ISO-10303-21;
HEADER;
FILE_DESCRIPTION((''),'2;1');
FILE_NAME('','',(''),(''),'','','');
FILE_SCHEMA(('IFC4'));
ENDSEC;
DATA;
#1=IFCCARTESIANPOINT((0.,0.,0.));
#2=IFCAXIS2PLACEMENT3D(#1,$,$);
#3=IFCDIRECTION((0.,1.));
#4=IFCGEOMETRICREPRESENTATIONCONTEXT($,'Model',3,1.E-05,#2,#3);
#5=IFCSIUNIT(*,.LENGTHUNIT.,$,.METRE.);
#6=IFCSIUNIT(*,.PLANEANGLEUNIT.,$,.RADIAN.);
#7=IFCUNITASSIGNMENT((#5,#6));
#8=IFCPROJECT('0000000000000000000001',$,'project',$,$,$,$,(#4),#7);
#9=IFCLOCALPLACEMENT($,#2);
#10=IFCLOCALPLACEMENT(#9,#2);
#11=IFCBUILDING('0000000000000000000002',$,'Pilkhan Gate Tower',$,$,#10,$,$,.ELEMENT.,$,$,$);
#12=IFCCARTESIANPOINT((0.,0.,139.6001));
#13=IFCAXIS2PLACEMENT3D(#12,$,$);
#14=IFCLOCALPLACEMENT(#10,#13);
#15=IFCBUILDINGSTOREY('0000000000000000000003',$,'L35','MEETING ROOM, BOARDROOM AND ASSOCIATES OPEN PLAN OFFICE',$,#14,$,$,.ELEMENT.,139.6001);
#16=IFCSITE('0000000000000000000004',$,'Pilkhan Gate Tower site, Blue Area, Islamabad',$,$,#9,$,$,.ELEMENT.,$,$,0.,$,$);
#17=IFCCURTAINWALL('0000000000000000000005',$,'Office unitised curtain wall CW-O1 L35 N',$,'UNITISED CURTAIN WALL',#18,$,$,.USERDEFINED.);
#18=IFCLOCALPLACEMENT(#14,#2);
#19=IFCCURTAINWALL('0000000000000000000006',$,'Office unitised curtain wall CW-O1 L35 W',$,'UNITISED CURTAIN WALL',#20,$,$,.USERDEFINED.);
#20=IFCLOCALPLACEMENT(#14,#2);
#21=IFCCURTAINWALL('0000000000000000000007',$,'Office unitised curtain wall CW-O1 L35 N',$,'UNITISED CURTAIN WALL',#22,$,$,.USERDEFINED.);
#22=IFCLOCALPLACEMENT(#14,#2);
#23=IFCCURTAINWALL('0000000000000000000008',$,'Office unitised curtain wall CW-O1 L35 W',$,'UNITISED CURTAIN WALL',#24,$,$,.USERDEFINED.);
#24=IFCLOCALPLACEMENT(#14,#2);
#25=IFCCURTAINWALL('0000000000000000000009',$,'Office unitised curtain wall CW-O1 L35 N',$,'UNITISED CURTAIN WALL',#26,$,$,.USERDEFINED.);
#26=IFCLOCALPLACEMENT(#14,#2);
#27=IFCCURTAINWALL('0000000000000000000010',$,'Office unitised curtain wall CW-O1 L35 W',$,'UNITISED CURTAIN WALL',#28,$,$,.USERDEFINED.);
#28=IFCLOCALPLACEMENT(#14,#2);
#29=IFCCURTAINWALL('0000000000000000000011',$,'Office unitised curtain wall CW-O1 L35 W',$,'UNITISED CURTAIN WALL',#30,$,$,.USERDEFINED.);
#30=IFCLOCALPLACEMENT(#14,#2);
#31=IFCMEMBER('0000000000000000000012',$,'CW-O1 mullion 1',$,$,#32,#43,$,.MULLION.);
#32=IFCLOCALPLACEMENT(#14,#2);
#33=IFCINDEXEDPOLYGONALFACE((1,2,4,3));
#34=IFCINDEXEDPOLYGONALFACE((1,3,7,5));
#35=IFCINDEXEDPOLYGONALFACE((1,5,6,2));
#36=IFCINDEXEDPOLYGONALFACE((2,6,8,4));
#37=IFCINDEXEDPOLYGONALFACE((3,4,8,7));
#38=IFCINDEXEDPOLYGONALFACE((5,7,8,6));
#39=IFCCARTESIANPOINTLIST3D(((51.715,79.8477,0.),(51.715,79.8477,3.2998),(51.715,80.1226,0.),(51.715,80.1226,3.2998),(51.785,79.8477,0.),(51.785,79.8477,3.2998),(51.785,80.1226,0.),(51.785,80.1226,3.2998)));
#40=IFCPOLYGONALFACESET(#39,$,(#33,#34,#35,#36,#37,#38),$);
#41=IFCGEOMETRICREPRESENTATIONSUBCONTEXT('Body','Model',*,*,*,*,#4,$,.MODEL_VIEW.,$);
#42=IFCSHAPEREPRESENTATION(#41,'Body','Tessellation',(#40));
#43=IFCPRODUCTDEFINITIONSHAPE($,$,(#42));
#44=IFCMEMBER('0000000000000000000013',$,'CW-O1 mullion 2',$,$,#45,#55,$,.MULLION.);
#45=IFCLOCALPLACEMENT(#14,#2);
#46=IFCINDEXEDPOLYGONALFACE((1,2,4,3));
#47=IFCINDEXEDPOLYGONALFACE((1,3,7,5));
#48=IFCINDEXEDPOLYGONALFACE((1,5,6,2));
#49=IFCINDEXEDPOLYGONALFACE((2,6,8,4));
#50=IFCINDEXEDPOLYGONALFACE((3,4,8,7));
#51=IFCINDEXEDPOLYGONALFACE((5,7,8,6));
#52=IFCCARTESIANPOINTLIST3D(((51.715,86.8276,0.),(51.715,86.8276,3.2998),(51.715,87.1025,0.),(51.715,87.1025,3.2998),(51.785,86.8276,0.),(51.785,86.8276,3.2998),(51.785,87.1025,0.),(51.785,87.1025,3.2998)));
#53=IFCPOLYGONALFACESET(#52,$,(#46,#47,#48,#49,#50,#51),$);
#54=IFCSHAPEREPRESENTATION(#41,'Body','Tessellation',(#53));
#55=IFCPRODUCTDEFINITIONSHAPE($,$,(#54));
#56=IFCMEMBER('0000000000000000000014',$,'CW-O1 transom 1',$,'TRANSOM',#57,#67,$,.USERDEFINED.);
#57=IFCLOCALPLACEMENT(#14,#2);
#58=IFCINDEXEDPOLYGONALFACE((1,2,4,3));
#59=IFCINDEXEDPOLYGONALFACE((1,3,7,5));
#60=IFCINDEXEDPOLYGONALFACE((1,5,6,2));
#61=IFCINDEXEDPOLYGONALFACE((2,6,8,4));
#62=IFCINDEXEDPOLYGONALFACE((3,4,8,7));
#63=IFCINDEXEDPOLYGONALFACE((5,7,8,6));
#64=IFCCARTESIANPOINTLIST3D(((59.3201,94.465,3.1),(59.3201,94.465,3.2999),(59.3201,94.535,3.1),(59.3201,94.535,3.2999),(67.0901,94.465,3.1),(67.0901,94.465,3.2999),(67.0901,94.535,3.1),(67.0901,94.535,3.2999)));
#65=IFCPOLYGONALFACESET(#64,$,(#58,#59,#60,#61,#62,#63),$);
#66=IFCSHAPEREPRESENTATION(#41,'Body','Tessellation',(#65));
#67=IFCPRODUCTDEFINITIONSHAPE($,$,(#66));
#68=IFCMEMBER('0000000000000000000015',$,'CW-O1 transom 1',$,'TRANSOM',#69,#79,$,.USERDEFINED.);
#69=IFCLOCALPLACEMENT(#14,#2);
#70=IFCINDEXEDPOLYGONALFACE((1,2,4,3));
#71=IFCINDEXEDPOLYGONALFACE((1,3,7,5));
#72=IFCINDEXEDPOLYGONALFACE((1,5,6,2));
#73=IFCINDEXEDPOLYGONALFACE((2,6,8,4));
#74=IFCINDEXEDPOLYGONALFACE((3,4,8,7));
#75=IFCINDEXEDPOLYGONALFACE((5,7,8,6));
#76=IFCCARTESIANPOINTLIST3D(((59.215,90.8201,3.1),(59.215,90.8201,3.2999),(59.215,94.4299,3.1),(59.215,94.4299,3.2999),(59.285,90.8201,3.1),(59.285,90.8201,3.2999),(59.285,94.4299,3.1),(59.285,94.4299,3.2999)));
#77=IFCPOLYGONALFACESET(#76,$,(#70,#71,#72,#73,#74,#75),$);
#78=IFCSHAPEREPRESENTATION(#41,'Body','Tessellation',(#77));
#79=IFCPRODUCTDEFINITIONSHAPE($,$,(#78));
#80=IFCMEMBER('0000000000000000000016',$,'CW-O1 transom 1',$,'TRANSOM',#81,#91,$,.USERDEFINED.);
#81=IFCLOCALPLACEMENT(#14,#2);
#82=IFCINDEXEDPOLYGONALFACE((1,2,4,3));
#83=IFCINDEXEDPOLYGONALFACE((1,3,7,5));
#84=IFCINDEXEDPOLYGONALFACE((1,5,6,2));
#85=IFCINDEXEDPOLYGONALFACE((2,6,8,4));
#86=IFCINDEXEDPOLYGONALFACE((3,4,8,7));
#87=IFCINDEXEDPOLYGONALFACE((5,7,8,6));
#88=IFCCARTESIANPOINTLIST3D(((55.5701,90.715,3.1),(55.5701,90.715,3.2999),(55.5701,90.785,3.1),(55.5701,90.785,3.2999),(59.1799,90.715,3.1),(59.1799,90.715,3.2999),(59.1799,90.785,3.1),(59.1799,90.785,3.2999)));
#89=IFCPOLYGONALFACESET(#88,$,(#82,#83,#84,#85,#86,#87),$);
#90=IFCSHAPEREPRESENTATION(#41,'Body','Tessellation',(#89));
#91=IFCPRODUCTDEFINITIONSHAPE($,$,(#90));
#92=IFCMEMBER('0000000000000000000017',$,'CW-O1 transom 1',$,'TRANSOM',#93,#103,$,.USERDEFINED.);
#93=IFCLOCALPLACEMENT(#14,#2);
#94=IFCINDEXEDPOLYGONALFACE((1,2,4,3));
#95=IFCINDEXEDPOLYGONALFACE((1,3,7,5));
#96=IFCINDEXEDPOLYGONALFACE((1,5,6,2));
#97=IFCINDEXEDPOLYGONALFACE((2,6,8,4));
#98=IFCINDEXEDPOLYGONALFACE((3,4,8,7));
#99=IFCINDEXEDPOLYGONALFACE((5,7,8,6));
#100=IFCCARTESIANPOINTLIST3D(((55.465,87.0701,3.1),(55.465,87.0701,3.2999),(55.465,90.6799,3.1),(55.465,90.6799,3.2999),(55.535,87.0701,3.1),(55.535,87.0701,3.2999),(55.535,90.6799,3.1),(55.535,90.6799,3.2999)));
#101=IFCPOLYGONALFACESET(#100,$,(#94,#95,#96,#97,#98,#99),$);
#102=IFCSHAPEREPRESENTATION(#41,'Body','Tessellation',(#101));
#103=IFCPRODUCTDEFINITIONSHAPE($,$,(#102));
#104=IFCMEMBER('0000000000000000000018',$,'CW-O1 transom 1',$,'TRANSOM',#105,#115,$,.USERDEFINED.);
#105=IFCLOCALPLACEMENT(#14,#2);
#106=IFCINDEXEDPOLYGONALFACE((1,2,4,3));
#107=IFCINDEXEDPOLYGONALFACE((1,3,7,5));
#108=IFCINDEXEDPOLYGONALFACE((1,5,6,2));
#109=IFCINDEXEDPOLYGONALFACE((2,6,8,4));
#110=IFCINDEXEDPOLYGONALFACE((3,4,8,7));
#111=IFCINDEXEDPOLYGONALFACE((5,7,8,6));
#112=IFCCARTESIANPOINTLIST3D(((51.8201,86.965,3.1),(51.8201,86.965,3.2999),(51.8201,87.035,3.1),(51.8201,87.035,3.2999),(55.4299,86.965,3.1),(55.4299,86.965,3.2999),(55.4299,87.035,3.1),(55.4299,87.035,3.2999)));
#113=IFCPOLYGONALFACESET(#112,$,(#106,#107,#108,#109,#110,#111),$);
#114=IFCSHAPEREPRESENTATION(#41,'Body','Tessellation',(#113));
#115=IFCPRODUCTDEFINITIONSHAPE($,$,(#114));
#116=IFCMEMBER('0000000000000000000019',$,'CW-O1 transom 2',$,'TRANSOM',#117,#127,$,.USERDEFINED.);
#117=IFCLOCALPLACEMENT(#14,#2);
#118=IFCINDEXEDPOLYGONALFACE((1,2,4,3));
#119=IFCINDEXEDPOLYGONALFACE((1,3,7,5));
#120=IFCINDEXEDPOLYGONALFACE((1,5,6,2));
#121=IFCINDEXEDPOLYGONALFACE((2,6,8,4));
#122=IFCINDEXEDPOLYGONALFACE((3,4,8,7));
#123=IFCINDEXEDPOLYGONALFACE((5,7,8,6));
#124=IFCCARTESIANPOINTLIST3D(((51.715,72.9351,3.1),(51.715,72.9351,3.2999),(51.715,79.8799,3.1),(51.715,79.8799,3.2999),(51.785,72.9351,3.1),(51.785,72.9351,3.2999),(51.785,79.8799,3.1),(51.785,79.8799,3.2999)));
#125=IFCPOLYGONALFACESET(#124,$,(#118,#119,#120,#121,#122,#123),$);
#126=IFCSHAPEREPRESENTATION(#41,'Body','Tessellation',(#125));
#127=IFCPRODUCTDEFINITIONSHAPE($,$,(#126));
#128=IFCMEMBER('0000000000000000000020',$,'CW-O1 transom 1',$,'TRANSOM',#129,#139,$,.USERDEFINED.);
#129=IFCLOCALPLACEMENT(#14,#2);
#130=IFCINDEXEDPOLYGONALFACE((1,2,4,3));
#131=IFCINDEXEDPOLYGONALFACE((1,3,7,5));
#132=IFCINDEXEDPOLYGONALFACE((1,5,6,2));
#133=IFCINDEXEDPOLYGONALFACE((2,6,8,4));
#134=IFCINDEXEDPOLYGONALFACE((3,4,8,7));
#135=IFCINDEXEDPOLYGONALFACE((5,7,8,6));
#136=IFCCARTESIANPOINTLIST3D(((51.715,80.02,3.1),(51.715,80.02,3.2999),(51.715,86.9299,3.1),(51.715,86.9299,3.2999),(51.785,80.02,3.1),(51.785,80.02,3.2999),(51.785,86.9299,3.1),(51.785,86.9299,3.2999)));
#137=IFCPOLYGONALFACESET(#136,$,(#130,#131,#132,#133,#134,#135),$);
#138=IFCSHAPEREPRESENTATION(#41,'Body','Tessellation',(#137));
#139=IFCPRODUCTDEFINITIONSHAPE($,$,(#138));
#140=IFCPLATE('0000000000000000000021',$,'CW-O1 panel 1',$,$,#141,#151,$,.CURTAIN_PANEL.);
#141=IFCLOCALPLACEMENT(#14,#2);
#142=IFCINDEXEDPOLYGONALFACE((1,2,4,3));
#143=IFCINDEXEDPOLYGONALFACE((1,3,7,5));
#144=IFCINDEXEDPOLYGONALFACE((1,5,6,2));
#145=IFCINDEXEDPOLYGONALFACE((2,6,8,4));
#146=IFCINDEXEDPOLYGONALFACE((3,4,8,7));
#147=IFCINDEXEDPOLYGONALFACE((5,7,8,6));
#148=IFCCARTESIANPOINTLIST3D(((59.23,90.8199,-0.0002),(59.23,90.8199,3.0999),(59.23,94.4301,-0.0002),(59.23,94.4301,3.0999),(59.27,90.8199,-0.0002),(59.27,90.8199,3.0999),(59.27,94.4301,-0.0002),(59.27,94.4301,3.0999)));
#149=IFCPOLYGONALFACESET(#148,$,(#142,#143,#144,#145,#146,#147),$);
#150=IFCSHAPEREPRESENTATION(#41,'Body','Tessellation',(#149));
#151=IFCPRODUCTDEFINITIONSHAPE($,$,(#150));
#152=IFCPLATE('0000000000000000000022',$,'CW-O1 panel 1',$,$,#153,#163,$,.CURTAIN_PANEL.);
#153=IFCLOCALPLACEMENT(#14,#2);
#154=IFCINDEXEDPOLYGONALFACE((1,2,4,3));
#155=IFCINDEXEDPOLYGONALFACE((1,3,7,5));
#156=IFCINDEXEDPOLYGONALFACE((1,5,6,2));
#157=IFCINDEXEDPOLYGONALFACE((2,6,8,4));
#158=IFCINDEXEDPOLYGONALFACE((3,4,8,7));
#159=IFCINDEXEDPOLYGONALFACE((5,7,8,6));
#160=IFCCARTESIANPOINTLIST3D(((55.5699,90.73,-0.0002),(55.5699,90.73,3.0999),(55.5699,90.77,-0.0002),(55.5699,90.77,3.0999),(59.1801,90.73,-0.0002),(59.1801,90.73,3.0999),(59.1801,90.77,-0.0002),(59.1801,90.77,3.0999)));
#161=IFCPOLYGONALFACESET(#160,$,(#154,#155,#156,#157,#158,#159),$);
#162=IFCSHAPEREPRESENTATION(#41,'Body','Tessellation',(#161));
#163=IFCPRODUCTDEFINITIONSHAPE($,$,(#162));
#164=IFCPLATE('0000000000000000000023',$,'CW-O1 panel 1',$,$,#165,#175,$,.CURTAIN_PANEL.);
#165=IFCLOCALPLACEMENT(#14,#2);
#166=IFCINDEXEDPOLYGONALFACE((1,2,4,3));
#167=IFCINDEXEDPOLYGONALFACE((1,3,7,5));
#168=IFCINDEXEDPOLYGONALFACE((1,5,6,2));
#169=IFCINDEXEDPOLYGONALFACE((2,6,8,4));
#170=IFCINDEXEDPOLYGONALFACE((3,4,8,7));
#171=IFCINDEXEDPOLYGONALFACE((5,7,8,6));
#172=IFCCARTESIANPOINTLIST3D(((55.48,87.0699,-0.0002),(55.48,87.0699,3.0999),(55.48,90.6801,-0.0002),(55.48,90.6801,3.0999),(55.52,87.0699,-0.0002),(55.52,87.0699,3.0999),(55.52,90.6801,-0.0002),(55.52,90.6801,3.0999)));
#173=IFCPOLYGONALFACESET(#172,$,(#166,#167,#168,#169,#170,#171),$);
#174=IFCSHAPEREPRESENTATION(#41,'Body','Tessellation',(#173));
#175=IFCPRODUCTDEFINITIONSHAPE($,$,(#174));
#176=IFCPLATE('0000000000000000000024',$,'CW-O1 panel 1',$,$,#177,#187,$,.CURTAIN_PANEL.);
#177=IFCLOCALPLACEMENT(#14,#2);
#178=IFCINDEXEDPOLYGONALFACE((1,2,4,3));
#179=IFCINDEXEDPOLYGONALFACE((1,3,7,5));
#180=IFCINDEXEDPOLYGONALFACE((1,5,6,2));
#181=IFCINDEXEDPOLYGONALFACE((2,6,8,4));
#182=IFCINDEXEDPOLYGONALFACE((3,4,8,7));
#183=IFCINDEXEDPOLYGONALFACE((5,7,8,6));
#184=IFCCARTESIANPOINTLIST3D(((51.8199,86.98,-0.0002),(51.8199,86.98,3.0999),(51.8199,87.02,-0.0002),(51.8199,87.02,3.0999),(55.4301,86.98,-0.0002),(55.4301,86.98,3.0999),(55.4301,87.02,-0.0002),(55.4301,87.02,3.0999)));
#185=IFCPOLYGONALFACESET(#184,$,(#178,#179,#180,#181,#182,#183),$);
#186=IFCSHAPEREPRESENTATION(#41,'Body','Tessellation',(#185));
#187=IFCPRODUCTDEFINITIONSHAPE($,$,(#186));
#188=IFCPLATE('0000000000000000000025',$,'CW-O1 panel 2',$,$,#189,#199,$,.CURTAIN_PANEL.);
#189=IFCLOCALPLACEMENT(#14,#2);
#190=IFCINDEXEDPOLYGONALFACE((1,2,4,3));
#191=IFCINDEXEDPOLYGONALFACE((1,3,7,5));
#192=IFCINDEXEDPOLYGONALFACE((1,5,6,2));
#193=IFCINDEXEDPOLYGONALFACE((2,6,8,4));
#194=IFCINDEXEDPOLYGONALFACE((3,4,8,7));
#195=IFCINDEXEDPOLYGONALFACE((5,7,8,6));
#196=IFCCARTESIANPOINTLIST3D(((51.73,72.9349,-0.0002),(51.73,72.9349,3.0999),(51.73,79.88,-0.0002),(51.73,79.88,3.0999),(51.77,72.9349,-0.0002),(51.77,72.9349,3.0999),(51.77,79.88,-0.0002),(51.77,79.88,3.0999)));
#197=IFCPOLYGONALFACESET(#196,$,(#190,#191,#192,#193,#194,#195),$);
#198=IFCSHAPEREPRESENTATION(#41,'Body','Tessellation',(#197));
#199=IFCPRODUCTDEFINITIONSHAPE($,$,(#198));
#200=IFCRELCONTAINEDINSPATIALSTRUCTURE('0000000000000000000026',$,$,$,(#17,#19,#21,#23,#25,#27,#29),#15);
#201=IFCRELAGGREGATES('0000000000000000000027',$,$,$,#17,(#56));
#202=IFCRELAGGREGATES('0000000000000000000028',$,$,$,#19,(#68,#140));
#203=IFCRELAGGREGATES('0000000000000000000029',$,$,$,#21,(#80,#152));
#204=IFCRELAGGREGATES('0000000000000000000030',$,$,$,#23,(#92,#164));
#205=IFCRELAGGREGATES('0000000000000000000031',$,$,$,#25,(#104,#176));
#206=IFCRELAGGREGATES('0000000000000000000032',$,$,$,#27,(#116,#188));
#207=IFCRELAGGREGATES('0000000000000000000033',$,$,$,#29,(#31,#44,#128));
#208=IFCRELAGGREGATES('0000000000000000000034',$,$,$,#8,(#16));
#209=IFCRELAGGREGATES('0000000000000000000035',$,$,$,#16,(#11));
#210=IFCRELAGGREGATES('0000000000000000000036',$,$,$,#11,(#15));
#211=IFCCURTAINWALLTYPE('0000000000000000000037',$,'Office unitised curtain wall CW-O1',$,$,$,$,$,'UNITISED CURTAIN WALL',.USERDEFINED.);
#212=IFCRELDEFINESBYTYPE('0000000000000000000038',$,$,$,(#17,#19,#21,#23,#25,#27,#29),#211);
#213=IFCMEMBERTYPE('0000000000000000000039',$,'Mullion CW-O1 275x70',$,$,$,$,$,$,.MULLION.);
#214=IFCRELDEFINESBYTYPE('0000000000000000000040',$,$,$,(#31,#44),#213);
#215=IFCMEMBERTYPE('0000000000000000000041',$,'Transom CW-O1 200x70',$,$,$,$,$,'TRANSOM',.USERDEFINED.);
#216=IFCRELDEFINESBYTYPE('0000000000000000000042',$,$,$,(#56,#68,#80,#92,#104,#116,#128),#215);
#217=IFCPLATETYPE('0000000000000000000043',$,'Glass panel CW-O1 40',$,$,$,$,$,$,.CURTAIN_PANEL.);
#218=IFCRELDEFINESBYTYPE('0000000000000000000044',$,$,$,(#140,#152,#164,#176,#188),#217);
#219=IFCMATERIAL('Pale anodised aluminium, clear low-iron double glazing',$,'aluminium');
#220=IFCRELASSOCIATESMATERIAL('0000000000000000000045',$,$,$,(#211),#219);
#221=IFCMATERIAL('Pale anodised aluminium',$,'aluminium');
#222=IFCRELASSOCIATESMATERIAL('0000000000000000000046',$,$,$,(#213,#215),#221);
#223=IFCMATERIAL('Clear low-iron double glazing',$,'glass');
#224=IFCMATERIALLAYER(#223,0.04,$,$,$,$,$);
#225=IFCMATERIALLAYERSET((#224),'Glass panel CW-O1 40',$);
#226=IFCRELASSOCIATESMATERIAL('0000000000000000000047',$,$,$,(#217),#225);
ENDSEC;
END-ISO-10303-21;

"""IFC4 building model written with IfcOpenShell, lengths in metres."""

from ifc_helpers import new_model, si_unit, direction, frame, origin, origin_2d, place, context, subcontext, project, spatial, rectangle, extrude, material, layer, layer_set, material_profile, profile_set, type_object, element, aggregate, save


model = new_model("IFC4")

# Units and contexts
model_context = context("Model", 3, precision=1e-05, world=origin(), true_north=direction((0.0, 1.0)))
body_context = subcontext(model_context, "Body", "Model", "MODEL_VIEW")
ifc_project = project(units=[si_unit("LENGTHUNIT", "METRE"), si_unit("PLANEANGLEUNIT", "RADIAN")], contexts=[model_context])

# Site, building, storey
site_placement = place(None, origin())
site = spatial("IfcSite", under=ifc_project, at=site_placement, Name="Pilkhan Gate Tower site, Blue Area, Islamabad", CompositionType="ELEMENT", RefElevation=0.0)
building_placement = place(site_placement, origin())
building = spatial("IfcBuilding", under=site, at=building_placement, Name="Pilkhan Gate Tower", CompositionType="ELEMENT")
storey_placement = place(building_placement, frame((0.0, 0.0, 139.6001)))
storey = spatial("IfcBuildingStorey", under=building, at=storey_placement, Name="L35", Description="MEETING ROOM, BOARDROOM AND ASSOCIATES OPEN PLAN OFFICE", CompositionType="ELEMENT", Elevation=139.6001)

# Curtain wall
ifc_material_1 = material(Name="Pale anodised aluminium, clear low-iron double glazing", Category="aluminium")
curtain_wall_type = type_object("IfcCurtainWallType", Name="Office unitised curtain wall CW-O1", ElementType="UNITISED CURTAIN WALL", PredefinedType="USERDEFINED", material=ifc_material_1)
curtain_wall_1_placement = place(storey_placement, origin())
curtain_wall_1 = element("IfcCurtainWall", 1, at=curtain_wall_1_placement, inside=storey, type_object=curtain_wall_type, Name="Office unitised curtain wall CW-O1 L35 N", ObjectType="UNITISED CURTAIN WALL", PredefinedType="USERDEFINED")
ifc_material_2 = material(Name="Pale anodised aluminium", Category="aluminium")
ifc_material_profile_1 = material_profile(ifc_material_2, rectangle(XDim=0.0701, YDim=0.2749, at=origin_2d()), Name="Mullion 275x70")
ifc_profile_set_1 = profile_set([ifc_material_profile_1], Name="Pale anodised aluminium")
member_type_1 = type_object("IfcMemberType", Name="Mullion CW-O1 275x70", PredefinedType="MULLION", material=ifc_profile_set_1)

# Curtain walls, members
curtain_wall_2_placement = place(storey_placement, origin())
curtain_wall_2 = element("IfcCurtainWall", 2, at=curtain_wall_2_placement, inside=storey, type_object=curtain_wall_type, Name="Office unitised curtain wall CW-O1 L35 W", ObjectType="UNITISED CURTAIN WALL", PredefinedType="USERDEFINED")
curtain_wall_3_placement = place(storey_placement, origin())
curtain_wall_3 = element("IfcCurtainWall", 3, at=curtain_wall_3_placement, inside=storey, type_object=curtain_wall_type, Name="Office unitised curtain wall CW-O1 L35 N", ObjectType="UNITISED CURTAIN WALL", PredefinedType="USERDEFINED")
curtain_wall_4_placement = place(storey_placement, origin())
curtain_wall_4 = element("IfcCurtainWall", 4, at=curtain_wall_4_placement, inside=storey, type_object=curtain_wall_type, Name="Office unitised curtain wall CW-O1 L35 W", ObjectType="UNITISED CURTAIN WALL", PredefinedType="USERDEFINED")
curtain_wall_5_placement = place(storey_placement, origin())
curtain_wall_5 = element("IfcCurtainWall", 5, at=curtain_wall_5_placement, inside=storey, type_object=curtain_wall_type, Name="Office unitised curtain wall CW-O1 L35 N", ObjectType="UNITISED CURTAIN WALL", PredefinedType="USERDEFINED")
curtain_wall_6_placement = place(storey_placement, origin())
curtain_wall_6 = element("IfcCurtainWall", 6, at=curtain_wall_6_placement, inside=storey, type_object=curtain_wall_type, Name="Office unitised curtain wall CW-O1 L35 W", ObjectType="UNITISED CURTAIN WALL", PredefinedType="USERDEFINED")
curtain_wall_7_placement = place(storey_placement, origin())
curtain_wall_7 = element("IfcCurtainWall", 7, at=curtain_wall_7_placement, inside=storey, type_object=curtain_wall_type, Name="Office unitised curtain wall CW-O1 L35 W", ObjectType="UNITISED CURTAIN WALL", PredefinedType="USERDEFINED")
member_1_placement = place(storey_placement, frame((51.75, 79.9851, 0.0), z_axis=(0.0, 0.0, 1.0), x_axis=(-1.0, 0.0, 0.0)))
member_1 = element("IfcMember", 8, at=member_1_placement, type_object=member_type_1, Name="CW-O1 mullion 1", PredefinedType="MULLION", context=body_context, shape_type="SweptSolid", body=[
    extrude(rectangle(XDim=0.0701, YDim=0.2749, at=origin_2d()), origin(), (0.0, 0.0, 1.0), 3.2998),
])
member_2_placement = place(storey_placement, frame((51.75, 86.9651, 0.0), z_axis=(0.0, 0.0, 1.0), x_axis=(-1.0, 0.0, 0.0)))
member_2 = element("IfcMember", 9, at=member_2_placement, type_object=member_type_1, Name="CW-O1 mullion 2", PredefinedType="MULLION", context=body_context, shape_type="SweptSolid", body=[
    extrude(rectangle(XDim=0.0701, YDim=0.2749, at=origin_2d()), origin(), (0.0, 0.0, 1.0), 3.2998),
])

# Members
ifc_material_profile_2 = material_profile(ifc_material_2, rectangle(XDim=0.0701, YDim=0.2, at=origin_2d()), Name="Transom 200x70")
ifc_profile_set_2 = profile_set([ifc_material_profile_2], Name="Pale anodised aluminium")
member_type_2 = type_object("IfcMemberType", Name="Transom CW-O1 200x70", ElementType="TRANSOM", PredefinedType="USERDEFINED", material=ifc_profile_set_2)
member_3_placement = place(storey_placement, frame((59.3201, 94.5, 3.2), z_axis=(1.0, 0.0, 0.0), x_axis=(0.0, 1.0, 0.0)))
member_3 = element("IfcMember", 10, at=member_3_placement, type_object=member_type_2, Name="CW-O1 transom 1", ObjectType="TRANSOM", PredefinedType="USERDEFINED", context=body_context, shape_type="SweptSolid", body=[
    extrude(rectangle(XDim=0.0701, YDim=0.2, at=origin_2d()), origin(), (0.0, 0.0, 1.0), 7.77),
])
aggregate(curtain_wall_1, [member_3])
member_4_placement = place(storey_placement, frame((59.25, 90.8201, 3.2), z_axis=(0.0, 1.0, 0.0), x_axis=(-1.0, 0.0, 0.0)))
member_4 = element("IfcMember", 11, at=member_4_placement, type_object=member_type_2, Name="CW-O1 transom 1", ObjectType="TRANSOM", PredefinedType="USERDEFINED", context=body_context, shape_type="SweptSolid", body=[
    extrude(rectangle(XDim=0.0701, YDim=0.2, at=origin_2d()), origin(), (0.0, 0.0, 1.0), 3.6099),
])
member_5_placement = place(storey_placement, frame((55.5701, 90.75, 3.2), z_axis=(1.0, 0.0, 0.0), x_axis=(0.0, 1.0, 0.0)))
member_5 = element("IfcMember", 12, at=member_5_placement, type_object=member_type_2, Name="CW-O1 transom 1", ObjectType="TRANSOM", PredefinedType="USERDEFINED", context=body_context, shape_type="SweptSolid", body=[
    extrude(rectangle(XDim=0.0701, YDim=0.2, at=origin_2d()), origin(), (0.0, 0.0, 1.0), 3.6099),
])
member_6_placement = place(storey_placement, frame((55.5, 87.0701, 3.2), z_axis=(0.0, 1.0, 0.0), x_axis=(-1.0, 0.0, 0.0)))
member_6 = element("IfcMember", 13, at=member_6_placement, type_object=member_type_2, Name="CW-O1 transom 1", ObjectType="TRANSOM", PredefinedType="USERDEFINED", context=body_context, shape_type="SweptSolid", body=[
    extrude(rectangle(XDim=0.0701, YDim=0.2, at=origin_2d()), origin(), (0.0, 0.0, 1.0), 3.6099),
])
member_7_placement = place(storey_placement, frame((51.8201, 87.0, 3.2), z_axis=(1.0, 0.0, 0.0), x_axis=(0.0, 1.0, 0.0)))
member_7 = element("IfcMember", 14, at=member_7_placement, type_object=member_type_2, Name="CW-O1 transom 1", ObjectType="TRANSOM", PredefinedType="USERDEFINED", context=body_context, shape_type="SweptSolid", body=[
    extrude(rectangle(XDim=0.0701, YDim=0.2, at=origin_2d()), origin(), (0.0, 0.0, 1.0), 3.6099),
])
member_8_placement = place(storey_placement, frame((51.75, 72.9351, 3.2), z_axis=(0.0, 1.0, 0.0), x_axis=(-1.0, 0.0, 0.0)))
member_8 = element("IfcMember", 15, at=member_8_placement, type_object=member_type_2, Name="CW-O1 transom 2", ObjectType="TRANSOM", PredefinedType="USERDEFINED", context=body_context, shape_type="SweptSolid", body=[
    extrude(rectangle(XDim=0.0701, YDim=0.2, at=origin_2d()), origin(), (0.0, 0.0, 1.0), 6.9448),
])
member_9_placement = place(storey_placement, frame((51.75, 80.02, 3.2), z_axis=(0.0, 1.0, 0.0), x_axis=(-1.0, 0.0, 0.0)))
member_9 = element("IfcMember", 16, at=member_9_placement, type_object=member_type_2, Name="CW-O1 transom 1", ObjectType="TRANSOM", PredefinedType="USERDEFINED", context=body_context, shape_type="SweptSolid", body=[
    extrude(rectangle(XDim=0.0701, YDim=0.2, at=origin_2d()), origin(), (0.0, 0.0, 1.0), 6.9099),
])

# Plates
ifc_material_3 = material(Name="Clear low-iron double glazing", Category="glass")
ifc_layer_1 = layer(ifc_material_3, 0.04)
ifc_layer_set_1 = layer_set([ifc_layer_1], Name="Glass panel CW-O1 40")
plate_type = type_object("IfcPlateType", Name="Glass panel CW-O1 40", PredefinedType="CURTAIN_PANEL", material=ifc_layer_set_1)
plate_1_placement = place(storey_placement, frame((59.25, 92.625, -0.0002), z_axis=(0.0, 0.0, 1.0), x_axis=(0.0, 1.0, 0.0)))
plate_1 = element("IfcPlate", 17, at=plate_1_placement, type_object=plate_type, Name="CW-O1 panel 1", PredefinedType="CURTAIN_PANEL", context=body_context, shape_type="SweptSolid", body=[
    extrude(rectangle(XDim=3.6101, YDim=0.04, at=origin_2d()), origin(), (0.0, 0.0, 1.0), 3.1001),
])
aggregate(curtain_wall_2, [member_4, plate_1])
plate_2_placement = place(storey_placement, frame((57.375, 90.75, -0.0002), z_axis=(0.0, 0.0, 1.0), x_axis=(1.0, 0.0, 0.0)))
plate_2 = element("IfcPlate", 18, at=plate_2_placement, type_object=plate_type, Name="CW-O1 panel 1", PredefinedType="CURTAIN_PANEL", context=body_context, shape_type="SweptSolid", body=[
    extrude(rectangle(XDim=3.6101, YDim=0.04, at=origin_2d()), origin(), (0.0, 0.0, 1.0), 3.1001),
])
aggregate(curtain_wall_3, [member_5, plate_2])
plate_3_placement = place(storey_placement, frame((55.5, 88.875, -0.0002), z_axis=(0.0, 0.0, 1.0), x_axis=(0.0, 1.0, 0.0)))
plate_3 = element("IfcPlate", 19, at=plate_3_placement, type_object=plate_type, Name="CW-O1 panel 1", PredefinedType="CURTAIN_PANEL", context=body_context, shape_type="SweptSolid", body=[
    extrude(rectangle(XDim=3.6101, YDim=0.04, at=origin_2d()), origin(), (0.0, 0.0, 1.0), 3.1001),
])
aggregate(curtain_wall_4, [member_6, plate_3])
plate_4_placement = place(storey_placement, frame((53.625, 87.0, -0.0002), z_axis=(0.0, 0.0, 1.0), x_axis=(1.0, 0.0, 0.0)))
plate_4 = element("IfcPlate", 20, at=plate_4_placement, type_object=plate_type, Name="CW-O1 panel 1", PredefinedType="CURTAIN_PANEL", context=body_context, shape_type="SweptSolid", body=[
    extrude(rectangle(XDim=3.6101, YDim=0.04, at=origin_2d()), origin(), (0.0, 0.0, 1.0), 3.1001),
])
aggregate(curtain_wall_5, [member_7, plate_4])
plate_5_placement = place(storey_placement, frame((51.75, 76.4075, -0.0002), z_axis=(0.0, 0.0, 1.0), x_axis=(0.0, 1.0, 0.0)))
plate_5 = element("IfcPlate", 21, at=plate_5_placement, type_object=plate_type, Name="CW-O1 panel 2", PredefinedType="CURTAIN_PANEL", context=body_context, shape_type="SweptSolid", body=[
    extrude(rectangle(XDim=6.9451, YDim=0.04, at=origin_2d()), origin(), (0.0, 0.0, 1.0), 3.1001),
])
aggregate(curtain_wall_6, [member_8, plate_5])
aggregate(curtain_wall_7, [member_1, member_2, member_9])

save(model, "model.ifc")
